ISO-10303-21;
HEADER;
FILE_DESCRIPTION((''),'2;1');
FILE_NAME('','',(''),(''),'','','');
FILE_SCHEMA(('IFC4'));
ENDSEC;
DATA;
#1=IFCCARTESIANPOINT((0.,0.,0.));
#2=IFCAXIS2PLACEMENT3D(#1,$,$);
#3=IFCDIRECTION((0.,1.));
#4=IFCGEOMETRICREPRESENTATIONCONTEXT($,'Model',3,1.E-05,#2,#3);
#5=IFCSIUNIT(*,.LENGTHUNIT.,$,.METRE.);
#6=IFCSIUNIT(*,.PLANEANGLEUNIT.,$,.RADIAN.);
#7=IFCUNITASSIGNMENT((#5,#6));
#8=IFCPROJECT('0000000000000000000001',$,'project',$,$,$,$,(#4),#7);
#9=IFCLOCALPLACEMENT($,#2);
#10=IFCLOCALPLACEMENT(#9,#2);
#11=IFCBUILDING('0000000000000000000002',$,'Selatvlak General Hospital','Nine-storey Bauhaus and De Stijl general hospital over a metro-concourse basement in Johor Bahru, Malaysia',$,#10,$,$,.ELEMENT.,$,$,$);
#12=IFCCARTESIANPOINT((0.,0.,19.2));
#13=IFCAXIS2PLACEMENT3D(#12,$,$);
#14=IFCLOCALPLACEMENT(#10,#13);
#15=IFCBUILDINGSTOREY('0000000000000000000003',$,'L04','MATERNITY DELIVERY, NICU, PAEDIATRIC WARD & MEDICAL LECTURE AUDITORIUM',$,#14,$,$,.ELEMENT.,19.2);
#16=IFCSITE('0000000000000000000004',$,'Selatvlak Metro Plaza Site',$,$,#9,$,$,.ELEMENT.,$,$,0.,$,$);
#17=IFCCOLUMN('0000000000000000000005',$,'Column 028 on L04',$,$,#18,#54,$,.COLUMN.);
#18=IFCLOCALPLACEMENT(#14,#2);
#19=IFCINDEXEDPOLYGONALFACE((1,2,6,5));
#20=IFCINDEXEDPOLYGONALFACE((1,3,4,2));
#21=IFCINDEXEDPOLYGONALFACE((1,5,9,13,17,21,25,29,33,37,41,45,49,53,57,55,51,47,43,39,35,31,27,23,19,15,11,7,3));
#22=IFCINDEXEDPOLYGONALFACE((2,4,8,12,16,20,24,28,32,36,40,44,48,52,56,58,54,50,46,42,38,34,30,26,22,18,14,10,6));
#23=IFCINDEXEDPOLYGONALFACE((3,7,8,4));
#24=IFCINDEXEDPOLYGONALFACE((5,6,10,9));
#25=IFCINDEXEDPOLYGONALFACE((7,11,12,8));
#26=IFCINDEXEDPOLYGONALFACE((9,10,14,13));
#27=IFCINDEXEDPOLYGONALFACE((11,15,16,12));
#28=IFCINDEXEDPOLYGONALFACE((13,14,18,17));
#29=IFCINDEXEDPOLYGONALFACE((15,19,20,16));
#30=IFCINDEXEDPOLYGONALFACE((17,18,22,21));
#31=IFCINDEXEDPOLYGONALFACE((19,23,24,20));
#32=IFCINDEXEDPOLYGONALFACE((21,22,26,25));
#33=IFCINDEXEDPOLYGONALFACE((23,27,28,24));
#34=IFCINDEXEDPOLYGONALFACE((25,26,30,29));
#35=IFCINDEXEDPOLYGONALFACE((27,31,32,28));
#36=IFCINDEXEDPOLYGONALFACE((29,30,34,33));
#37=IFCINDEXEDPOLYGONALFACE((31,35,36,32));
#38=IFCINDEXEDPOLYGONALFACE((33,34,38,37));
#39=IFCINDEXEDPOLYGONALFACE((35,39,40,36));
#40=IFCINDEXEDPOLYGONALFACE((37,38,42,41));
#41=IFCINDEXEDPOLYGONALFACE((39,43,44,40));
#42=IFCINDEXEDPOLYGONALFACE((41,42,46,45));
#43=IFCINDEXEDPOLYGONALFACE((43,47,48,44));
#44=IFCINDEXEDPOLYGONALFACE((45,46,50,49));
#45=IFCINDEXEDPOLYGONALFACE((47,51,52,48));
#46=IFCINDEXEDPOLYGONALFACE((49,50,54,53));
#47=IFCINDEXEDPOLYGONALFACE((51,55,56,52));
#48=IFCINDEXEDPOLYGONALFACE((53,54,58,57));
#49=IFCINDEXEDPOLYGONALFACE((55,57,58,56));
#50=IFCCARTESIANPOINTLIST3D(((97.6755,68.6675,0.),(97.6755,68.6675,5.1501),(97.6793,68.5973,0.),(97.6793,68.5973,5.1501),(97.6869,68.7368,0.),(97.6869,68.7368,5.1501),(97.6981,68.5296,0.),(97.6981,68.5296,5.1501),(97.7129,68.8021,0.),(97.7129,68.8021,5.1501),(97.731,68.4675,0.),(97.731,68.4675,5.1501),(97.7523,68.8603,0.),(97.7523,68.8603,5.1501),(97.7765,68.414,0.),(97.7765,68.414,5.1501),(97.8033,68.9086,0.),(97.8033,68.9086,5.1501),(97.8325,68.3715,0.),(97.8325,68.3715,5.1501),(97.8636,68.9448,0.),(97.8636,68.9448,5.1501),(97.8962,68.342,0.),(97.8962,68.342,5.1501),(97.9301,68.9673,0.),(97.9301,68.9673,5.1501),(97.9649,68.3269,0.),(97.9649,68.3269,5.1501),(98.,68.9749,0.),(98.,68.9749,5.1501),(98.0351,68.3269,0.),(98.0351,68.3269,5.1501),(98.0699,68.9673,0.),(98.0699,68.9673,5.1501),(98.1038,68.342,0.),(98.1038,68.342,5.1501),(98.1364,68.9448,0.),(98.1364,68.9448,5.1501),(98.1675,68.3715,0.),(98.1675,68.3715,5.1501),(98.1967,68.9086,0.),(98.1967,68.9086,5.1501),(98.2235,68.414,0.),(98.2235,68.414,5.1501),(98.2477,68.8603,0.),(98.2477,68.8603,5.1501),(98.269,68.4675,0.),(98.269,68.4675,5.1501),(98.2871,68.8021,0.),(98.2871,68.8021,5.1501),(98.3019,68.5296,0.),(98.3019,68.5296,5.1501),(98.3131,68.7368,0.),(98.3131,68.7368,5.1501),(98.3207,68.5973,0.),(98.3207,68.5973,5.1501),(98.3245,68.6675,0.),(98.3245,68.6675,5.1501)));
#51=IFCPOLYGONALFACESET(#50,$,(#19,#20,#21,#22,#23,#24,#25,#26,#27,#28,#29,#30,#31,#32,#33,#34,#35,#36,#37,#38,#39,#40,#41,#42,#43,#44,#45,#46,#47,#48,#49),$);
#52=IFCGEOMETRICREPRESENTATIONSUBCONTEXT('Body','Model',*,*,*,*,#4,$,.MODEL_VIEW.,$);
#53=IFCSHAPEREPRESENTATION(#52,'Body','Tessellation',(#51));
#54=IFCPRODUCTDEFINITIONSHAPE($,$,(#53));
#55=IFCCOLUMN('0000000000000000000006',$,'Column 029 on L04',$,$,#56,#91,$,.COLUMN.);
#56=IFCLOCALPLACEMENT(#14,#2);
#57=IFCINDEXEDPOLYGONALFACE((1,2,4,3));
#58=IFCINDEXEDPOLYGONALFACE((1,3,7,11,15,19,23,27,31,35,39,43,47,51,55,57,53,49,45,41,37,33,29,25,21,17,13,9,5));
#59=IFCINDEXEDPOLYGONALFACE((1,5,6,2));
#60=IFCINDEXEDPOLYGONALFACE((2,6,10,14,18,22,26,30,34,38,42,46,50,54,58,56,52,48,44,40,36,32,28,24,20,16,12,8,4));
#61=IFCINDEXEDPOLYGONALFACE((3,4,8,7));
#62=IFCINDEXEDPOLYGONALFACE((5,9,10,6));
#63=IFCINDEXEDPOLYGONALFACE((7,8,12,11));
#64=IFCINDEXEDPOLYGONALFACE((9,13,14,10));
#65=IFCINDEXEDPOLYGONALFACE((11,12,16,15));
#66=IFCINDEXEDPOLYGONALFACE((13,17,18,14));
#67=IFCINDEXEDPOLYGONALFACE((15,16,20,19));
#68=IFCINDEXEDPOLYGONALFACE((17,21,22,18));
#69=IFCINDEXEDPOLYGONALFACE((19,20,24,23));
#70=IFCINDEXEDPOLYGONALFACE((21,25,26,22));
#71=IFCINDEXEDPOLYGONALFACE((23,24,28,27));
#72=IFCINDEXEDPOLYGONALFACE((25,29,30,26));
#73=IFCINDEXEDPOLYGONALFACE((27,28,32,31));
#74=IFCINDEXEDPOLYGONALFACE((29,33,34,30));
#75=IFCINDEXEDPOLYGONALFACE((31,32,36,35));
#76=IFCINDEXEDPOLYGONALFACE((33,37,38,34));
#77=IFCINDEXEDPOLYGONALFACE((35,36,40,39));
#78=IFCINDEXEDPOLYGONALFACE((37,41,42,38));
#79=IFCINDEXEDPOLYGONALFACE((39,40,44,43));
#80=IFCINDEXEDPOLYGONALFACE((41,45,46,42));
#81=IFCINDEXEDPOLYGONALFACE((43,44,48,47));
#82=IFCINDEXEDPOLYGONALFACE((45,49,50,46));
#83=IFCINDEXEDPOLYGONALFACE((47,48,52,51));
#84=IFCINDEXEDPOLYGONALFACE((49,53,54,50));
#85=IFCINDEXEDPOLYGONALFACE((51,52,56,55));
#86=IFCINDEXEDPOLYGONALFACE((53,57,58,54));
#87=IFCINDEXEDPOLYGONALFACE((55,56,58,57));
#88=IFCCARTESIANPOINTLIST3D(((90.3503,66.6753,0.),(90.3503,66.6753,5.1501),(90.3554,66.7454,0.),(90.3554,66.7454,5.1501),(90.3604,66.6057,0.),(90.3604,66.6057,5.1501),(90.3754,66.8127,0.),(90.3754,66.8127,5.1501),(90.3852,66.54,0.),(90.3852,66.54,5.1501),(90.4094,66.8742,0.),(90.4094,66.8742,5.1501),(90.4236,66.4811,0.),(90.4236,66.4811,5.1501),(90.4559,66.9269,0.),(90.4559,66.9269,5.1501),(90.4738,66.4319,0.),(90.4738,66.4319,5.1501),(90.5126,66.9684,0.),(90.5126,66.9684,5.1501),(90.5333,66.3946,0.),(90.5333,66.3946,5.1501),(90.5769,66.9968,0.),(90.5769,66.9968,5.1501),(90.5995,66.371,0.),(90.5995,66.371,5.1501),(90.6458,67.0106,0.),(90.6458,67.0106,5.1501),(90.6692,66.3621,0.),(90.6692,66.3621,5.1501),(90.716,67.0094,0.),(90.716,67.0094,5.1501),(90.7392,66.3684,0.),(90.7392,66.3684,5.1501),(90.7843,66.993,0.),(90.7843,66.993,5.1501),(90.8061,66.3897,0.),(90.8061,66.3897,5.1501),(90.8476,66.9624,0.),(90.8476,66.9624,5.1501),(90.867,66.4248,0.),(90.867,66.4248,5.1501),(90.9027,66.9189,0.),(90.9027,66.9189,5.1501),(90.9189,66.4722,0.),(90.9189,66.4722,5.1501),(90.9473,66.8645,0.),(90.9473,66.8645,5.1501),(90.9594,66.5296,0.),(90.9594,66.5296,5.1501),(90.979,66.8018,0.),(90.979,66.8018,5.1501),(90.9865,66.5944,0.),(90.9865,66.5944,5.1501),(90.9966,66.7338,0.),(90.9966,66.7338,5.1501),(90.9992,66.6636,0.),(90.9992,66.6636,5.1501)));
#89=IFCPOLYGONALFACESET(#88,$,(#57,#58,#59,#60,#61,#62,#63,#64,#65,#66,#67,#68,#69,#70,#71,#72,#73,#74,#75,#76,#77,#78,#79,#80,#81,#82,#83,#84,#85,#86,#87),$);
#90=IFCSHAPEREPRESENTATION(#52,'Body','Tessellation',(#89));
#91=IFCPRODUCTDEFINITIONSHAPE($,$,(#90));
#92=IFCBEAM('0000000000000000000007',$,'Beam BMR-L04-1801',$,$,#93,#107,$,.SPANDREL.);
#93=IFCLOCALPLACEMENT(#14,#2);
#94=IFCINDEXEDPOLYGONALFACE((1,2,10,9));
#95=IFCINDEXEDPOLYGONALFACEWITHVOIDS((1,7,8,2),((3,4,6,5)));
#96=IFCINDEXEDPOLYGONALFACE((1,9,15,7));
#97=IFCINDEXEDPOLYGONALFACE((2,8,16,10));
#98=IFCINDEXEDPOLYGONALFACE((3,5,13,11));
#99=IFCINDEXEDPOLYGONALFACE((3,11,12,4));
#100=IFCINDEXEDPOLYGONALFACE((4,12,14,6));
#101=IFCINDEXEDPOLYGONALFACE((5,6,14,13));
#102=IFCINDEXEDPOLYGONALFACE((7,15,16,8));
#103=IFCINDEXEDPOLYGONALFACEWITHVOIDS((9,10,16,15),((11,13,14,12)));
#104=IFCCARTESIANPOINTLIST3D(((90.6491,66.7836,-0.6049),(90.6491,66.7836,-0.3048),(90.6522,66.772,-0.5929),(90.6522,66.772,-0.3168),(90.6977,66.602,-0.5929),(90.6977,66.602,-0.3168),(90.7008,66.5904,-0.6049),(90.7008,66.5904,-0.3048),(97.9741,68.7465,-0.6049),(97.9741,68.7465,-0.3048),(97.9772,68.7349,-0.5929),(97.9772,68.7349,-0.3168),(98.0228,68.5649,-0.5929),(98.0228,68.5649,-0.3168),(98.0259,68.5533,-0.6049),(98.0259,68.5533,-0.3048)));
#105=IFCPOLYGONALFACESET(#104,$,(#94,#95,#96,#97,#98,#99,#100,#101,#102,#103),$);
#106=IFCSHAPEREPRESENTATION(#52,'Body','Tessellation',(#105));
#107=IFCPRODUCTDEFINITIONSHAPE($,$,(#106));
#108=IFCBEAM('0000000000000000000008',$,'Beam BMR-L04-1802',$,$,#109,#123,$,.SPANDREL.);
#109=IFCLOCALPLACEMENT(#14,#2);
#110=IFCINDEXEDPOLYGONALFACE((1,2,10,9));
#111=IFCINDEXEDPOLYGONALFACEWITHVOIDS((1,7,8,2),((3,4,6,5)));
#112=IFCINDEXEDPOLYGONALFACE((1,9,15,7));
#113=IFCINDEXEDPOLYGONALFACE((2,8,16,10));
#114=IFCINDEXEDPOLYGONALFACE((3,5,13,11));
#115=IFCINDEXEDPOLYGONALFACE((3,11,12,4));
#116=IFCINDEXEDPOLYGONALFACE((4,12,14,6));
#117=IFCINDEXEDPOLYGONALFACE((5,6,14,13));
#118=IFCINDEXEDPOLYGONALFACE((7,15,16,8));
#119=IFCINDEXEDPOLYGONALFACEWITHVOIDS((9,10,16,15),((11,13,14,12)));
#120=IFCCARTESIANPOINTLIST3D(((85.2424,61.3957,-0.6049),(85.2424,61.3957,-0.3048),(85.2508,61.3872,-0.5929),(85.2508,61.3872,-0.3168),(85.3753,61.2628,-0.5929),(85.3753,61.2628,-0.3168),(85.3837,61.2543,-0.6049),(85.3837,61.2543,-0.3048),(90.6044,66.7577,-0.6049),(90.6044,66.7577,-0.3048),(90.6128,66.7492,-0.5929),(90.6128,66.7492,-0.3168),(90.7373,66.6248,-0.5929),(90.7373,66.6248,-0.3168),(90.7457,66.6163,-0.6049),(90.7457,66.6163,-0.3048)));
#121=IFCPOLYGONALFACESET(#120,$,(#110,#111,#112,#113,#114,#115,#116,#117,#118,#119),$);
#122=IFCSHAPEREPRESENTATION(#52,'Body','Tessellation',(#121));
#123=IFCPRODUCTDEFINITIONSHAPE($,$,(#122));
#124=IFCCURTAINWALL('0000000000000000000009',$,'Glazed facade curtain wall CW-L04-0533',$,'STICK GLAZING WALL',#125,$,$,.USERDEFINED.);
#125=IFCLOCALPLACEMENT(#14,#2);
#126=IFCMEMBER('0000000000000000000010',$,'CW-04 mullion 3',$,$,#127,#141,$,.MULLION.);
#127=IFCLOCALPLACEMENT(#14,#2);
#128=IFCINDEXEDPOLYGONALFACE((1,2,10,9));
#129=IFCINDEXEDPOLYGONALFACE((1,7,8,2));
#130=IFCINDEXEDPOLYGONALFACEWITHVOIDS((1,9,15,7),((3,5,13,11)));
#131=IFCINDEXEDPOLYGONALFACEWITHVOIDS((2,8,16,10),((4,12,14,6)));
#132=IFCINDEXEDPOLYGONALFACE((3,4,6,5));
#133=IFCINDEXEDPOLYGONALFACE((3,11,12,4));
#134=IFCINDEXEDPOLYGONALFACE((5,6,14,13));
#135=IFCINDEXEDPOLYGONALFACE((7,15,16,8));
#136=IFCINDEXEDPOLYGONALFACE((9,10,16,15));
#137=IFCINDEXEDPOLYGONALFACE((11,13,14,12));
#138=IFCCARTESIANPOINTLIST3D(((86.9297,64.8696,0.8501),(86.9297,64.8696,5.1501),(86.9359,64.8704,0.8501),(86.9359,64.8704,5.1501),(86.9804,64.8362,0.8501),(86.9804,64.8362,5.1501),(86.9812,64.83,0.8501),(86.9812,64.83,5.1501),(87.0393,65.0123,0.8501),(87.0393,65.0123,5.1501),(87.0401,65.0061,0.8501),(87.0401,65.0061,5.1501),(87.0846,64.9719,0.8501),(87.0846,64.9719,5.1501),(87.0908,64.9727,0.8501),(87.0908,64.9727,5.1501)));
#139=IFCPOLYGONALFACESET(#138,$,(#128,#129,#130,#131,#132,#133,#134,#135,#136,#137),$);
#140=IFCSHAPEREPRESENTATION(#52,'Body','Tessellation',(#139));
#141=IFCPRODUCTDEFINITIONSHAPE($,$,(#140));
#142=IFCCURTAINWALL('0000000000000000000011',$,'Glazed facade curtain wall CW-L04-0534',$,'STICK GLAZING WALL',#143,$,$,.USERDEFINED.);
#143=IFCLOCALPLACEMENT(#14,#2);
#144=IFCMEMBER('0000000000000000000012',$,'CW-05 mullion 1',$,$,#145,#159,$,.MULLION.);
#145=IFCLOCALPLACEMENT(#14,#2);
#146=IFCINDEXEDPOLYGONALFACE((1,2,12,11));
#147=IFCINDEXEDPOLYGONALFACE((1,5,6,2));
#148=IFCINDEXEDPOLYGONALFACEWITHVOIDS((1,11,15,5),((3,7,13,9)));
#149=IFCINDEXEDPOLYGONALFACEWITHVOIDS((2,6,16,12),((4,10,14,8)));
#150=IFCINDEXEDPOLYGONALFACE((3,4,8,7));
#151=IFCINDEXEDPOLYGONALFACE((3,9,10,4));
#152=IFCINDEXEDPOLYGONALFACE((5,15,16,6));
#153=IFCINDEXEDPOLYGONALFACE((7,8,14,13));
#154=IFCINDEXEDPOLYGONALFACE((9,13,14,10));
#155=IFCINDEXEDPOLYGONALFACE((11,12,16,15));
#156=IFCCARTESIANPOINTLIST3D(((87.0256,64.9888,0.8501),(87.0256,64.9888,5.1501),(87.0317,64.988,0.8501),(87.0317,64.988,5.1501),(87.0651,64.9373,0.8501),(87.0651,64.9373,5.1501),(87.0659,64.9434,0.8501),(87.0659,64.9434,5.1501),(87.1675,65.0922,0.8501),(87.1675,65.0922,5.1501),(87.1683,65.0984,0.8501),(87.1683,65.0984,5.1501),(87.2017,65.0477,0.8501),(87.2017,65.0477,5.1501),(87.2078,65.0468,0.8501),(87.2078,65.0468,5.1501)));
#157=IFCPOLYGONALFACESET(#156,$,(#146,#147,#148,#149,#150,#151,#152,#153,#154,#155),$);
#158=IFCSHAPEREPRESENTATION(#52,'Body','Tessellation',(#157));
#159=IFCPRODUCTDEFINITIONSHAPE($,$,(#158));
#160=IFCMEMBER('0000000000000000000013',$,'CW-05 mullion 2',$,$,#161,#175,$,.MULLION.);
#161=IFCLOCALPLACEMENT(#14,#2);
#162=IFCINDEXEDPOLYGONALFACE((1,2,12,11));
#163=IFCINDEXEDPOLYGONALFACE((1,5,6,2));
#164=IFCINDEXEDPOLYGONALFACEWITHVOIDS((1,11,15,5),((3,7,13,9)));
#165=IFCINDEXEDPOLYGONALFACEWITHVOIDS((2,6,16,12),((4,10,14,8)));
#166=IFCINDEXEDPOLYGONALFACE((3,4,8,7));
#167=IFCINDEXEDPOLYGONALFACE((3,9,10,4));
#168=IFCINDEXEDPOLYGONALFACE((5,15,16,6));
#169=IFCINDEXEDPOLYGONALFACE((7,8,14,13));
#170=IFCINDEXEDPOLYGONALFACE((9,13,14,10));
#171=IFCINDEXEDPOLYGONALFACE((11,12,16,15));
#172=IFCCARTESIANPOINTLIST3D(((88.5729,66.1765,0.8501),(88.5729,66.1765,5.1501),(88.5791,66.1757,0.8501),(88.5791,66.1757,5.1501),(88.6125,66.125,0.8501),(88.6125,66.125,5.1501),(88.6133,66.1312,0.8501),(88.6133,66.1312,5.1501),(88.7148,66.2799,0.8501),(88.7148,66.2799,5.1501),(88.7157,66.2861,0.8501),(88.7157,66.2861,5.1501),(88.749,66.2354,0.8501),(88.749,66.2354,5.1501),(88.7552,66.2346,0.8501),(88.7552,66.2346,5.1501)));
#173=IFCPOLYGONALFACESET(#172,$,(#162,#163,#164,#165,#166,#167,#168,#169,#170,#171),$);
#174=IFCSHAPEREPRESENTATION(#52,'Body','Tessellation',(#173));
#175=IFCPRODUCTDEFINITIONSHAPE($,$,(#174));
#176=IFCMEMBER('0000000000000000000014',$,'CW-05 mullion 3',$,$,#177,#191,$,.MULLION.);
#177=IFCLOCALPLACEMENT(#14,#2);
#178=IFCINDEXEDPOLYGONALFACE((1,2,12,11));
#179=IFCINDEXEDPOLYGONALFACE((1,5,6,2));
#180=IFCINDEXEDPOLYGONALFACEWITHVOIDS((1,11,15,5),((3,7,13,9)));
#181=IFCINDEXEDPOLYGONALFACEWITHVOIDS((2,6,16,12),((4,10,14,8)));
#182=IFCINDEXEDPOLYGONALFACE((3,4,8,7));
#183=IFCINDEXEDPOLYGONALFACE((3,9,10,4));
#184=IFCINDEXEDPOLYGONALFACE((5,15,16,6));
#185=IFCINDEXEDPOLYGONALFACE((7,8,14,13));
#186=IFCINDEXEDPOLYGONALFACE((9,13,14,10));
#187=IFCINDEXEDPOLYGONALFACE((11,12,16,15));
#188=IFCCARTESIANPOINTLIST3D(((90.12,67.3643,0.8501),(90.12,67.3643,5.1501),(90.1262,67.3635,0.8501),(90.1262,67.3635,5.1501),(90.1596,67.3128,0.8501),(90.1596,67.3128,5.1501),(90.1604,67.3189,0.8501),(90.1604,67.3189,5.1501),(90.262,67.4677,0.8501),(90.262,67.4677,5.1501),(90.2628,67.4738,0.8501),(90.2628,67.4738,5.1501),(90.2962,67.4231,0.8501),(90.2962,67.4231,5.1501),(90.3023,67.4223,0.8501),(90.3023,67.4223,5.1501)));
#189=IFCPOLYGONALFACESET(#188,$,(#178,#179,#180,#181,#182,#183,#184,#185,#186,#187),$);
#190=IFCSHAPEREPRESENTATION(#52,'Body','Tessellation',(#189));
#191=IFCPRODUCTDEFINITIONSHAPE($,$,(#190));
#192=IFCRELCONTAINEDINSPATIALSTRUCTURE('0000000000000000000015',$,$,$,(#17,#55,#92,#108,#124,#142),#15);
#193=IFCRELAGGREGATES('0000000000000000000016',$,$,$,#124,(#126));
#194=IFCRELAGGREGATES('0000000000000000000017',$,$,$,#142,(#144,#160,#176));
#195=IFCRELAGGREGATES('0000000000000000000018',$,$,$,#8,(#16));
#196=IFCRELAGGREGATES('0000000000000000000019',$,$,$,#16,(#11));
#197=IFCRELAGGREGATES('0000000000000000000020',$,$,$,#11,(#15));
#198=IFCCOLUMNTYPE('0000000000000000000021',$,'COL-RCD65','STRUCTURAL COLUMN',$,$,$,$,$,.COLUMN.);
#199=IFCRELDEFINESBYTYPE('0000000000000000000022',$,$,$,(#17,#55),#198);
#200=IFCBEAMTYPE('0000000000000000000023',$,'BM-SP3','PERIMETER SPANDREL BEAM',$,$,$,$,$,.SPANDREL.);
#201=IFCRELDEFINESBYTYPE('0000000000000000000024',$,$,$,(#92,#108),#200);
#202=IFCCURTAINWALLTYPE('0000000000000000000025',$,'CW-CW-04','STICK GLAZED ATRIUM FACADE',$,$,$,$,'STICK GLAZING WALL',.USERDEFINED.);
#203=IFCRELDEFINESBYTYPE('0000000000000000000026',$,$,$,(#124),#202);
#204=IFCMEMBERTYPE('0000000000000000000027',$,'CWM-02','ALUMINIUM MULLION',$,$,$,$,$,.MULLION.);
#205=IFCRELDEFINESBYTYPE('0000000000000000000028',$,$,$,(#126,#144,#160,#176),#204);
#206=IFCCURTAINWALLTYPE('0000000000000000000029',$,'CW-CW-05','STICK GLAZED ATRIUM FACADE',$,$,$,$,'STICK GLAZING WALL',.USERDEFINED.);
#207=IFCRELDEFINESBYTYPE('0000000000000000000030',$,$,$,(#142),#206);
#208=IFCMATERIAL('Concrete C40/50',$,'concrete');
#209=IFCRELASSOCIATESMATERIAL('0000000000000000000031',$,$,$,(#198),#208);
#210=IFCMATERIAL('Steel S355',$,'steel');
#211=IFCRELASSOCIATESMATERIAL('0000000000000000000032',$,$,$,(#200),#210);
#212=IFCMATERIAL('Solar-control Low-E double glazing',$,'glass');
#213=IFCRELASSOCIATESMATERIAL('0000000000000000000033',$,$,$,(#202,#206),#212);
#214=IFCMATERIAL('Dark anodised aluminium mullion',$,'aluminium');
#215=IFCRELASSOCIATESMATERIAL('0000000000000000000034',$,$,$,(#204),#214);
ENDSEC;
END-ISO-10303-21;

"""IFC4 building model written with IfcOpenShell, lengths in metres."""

from ifc_helpers import new_model, si_unit, direction, frame, origin, origin_2d, place, context, subcontext, project, spatial, hollow_rectangle, circle, extrude, material, material_profile, profile_set, type_object, element, aggregate, save


model = new_model("IFC4")

# Units and contexts
model_context = context("Model", 3, precision=1e-05, world=origin(), true_north=direction((0.0, 1.0)))
body_context = subcontext(model_context, "Body", "Model", "MODEL_VIEW")
ifc_project = project(units=[si_unit("LENGTHUNIT", "METRE"), si_unit("PLANEANGLEUNIT", "RADIAN")], contexts=[model_context])

# Site, building, storey
site_placement = place(None, origin())
site = spatial("IfcSite", under=ifc_project, at=site_placement, Name="Selatvlak Metro Plaza Site", CompositionType="ELEMENT", RefElevation=0.0)
building_placement = place(site_placement, origin())
building = spatial("IfcBuilding", under=site, at=building_placement, Name="Selatvlak General Hospital", Description="Nine-storey Bauhaus and De Stijl general hospital over a metro-concourse basement in Johor Bahru, Malaysia", CompositionType="ELEMENT")
storey_placement = place(building_placement, frame((0.0, 0.0, 19.2)))
storey = spatial("IfcBuildingStorey", under=building, at=storey_placement, Name="L04", Description="MATERNITY DELIVERY, NICU, PAEDIATRIC WARD & MEDICAL LECTURE AUDITORIUM", CompositionType="ELEMENT", Elevation=19.2)

# Columns
ifc_material_1 = material(Name="Concrete C40/50", Category="concrete")
ifc_material_profile_1 = material_profile(ifc_material_1, circle(Radius=0.325, at=origin_2d()), Name="RC-COL D650")
ifc_profile_set_1 = profile_set([ifc_material_profile_1], Name="Concrete C40/50")
column_type = type_object("IfcColumnType", Name="COL-RCD65", Description="STRUCTURAL COLUMN", PredefinedType="COLUMN", material=ifc_profile_set_1)
for number, where, z_axis, x_axis, name in (
    (1, (98.0, 68.6499, 0.0), (0.0, 0.0, 1.0), (0.0, 1.0, 0.0), "Column 028 on L04"),
    (2, (90.675, 66.687, 0.0), (0.0, 0.0, 1.0), (-0.5, 0.866025, 0.0), "Column 029 on L04"),
):
    element("IfcColumn", number, at=place(storey_placement, frame(where, z_axis=z_axis, x_axis=x_axis)), inside=storey, type_object=column_type, Name=name, PredefinedType="COLUMN", context=body_context, shape_type="SweptSolid", body=[
        extrude(circle(Radius=0.325, at=origin_2d()), origin(), (0.0, 0.0, 1.0), 5.1501),
    ])

# Beams
ifc_material_2 = material(Name="Steel S355", Category="steel")
ifc_material_profile_2 = material_profile(ifc_material_2, hollow_rectangle(XDim=0.2, YDim=0.3, WallThickness=0.012, at=origin_2d()), Name="RHS 300x200x12")
ifc_profile_set_2 = profile_set([ifc_material_profile_2], Name="Steel S355")
beam_type = type_object("IfcBeamType", Name="BM-SP3", Description="PERIMETER SPANDREL BEAM", PredefinedType="SPANDREL", material=ifc_profile_set_2)
beam_1_placement = place(storey_placement, frame((98.0, 68.6499, -0.4548), z_axis=(-0.96592, -0.258841, 0.0), x_axis=(0.258841, -0.96592, 0.0)))
element("IfcBeam", 3, at=beam_1_placement, inside=storey, type_object=beam_type, Name="Beam BMR-L04-1801", PredefinedType="SPANDREL", context=body_context, shape_type="SweptSolid", body=[
    extrude(hollow_rectangle(XDim=0.2, YDim=0.3, WallThickness=0.012, at=origin_2d()), origin(), (0.0, 0.0, 1.0), 7.5835),
])
beam_2_placement = place(storey_placement, frame((90.675, 66.687, -0.4548), z_axis=(-0.707107, -0.707107, 0.0), x_axis=(0.707107, -0.707107, 0.0)))
element("IfcBeam", 4, at=beam_2_placement, inside=storey, type_object=beam_type, Name="Beam BMR-L04-1802", PredefinedType="SPANDREL", context=body_context, shape_type="SweptSolid", body=[
    extrude(hollow_rectangle(XDim=0.2, YDim=0.3, WallThickness=0.012, at=origin_2d()), origin(), (0.0, 0.0, 1.0), 7.583),
])

# Curtain wall, member
ifc_material_3 = material(Name="Solar-control Low-E double glazing", Category="glass")
curtain_wall_type_1 = type_object("IfcCurtainWallType", Name="CW-CW-04", Description="STICK GLAZED ATRIUM FACADE", ElementType="STICK GLAZING WALL", PredefinedType="USERDEFINED", material=ifc_material_3)
curtain_wall_1_placement = place(storey_placement, origin())
curtain_wall_1 = element("IfcCurtainWall", 5, at=curtain_wall_1_placement, inside=storey, type_object=curtain_wall_type_1, Name="Glazed facade curtain wall CW-L04-0533", ObjectType="STICK GLAZING WALL", PredefinedType="USERDEFINED")
ifc_material_4 = material(Name="Dark anodised aluminium mullion", Category="aluminium")
ifc_material_profile_3 = material_profile(ifc_material_4, hollow_rectangle(XDim=0.0649, YDim=0.1799, WallThickness=0.0044, at=origin_2d()), Name="AL-MUL 65x180x4.5")
ifc_profile_set_3 = profile_set([ifc_material_profile_3], Name="Dark anodised aluminium mullion")
member_type_1 = type_object("IfcMemberType", Name="CWM-02", Description="ALUMINIUM MULLION", PredefinedType="MULLION", material=ifc_profile_set_3)
member_1_placement = place(storey_placement, frame((87.0103, 64.9211, 0.8501), z_axis=(0.0, 0.0, 1.0), x_axis=(-0.793233, 0.608918, 0.0)))
member_1 = element("IfcMember", 6, at=member_1_placement, type_object=member_type_1, Name="CW-04 mullion 3", PredefinedType="MULLION", context=body_context, shape_type="SweptSolid", body=[
    extrude(hollow_rectangle(XDim=0.0649, YDim=0.1799, WallThickness=0.0044, at=origin_2d()), origin(), (0.0, 0.0, 1.0), 4.3),
])
aggregate(curtain_wall_1, [member_1])

# Curtain wall, members
curtain_wall_type_2 = type_object("IfcCurtainWallType", Name="CW-CW-05", Description="STICK GLAZED ATRIUM FACADE", ElementType="STICK GLAZING WALL", PredefinedType="USERDEFINED", material=ifc_material_3)
curtain_wall_2_placement = place(storey_placement, origin())
curtain_wall_2 = element("IfcCurtainWall", 7, at=curtain_wall_2_placement, inside=storey, type_object=curtain_wall_type_2, Name="Glazed facade curtain wall CW-L04-0534", ObjectType="STICK GLAZING WALL", PredefinedType="USERDEFINED")
member_2_placement = place(storey_placement, frame((87.1167, 65.0178, 0.8501), z_axis=(0.0, 0.0, 1.0), x_axis=(-0.608918, 0.793233, 0.0)))
member_2 = element("IfcMember", 8, at=member_2_placement, type_object=member_type_1, Name="CW-05 mullion 1", PredefinedType="MULLION", context=body_context, shape_type="SweptSolid", body=[
    extrude(hollow_rectangle(XDim=0.0649, YDim=0.1799, WallThickness=0.0044, at=origin_2d()), origin(), (0.0, 0.0, 1.0), 4.3),
])
member_3_placement = place(storey_placement, frame((88.6641, 66.2056, 0.8501), z_axis=(0.0, 0.0, 1.0), x_axis=(-0.608918, 0.793233, 0.0)))
member_3 = element("IfcMember", 9, at=member_3_placement, type_object=member_type_1, Name="CW-05 mullion 2", PredefinedType="MULLION", context=body_context, shape_type="SweptSolid", body=[
    extrude(hollow_rectangle(XDim=0.0649, YDim=0.1799, WallThickness=0.0044, at=origin_2d()), origin(), (0.0, 0.0, 1.0), 4.3),
])
member_4_placement = place(storey_placement, frame((90.2112, 67.3933, 0.8501), z_axis=(0.0, 0.0, 1.0), x_axis=(-0.608918, 0.793233, 0.0)))
member_4 = element("IfcMember", 10, at=member_4_placement, type_object=member_type_1, Name="CW-05 mullion 3", PredefinedType="MULLION", context=body_context, shape_type="SweptSolid", body=[
    extrude(hollow_rectangle(XDim=0.0649, YDim=0.1799, WallThickness=0.0044, at=origin_2d()), origin(), (0.0, 0.0, 1.0), 4.3),
])

aggregate(curtain_wall_2, [member_2, member_3, member_4])

save(model, "model.ifc")
